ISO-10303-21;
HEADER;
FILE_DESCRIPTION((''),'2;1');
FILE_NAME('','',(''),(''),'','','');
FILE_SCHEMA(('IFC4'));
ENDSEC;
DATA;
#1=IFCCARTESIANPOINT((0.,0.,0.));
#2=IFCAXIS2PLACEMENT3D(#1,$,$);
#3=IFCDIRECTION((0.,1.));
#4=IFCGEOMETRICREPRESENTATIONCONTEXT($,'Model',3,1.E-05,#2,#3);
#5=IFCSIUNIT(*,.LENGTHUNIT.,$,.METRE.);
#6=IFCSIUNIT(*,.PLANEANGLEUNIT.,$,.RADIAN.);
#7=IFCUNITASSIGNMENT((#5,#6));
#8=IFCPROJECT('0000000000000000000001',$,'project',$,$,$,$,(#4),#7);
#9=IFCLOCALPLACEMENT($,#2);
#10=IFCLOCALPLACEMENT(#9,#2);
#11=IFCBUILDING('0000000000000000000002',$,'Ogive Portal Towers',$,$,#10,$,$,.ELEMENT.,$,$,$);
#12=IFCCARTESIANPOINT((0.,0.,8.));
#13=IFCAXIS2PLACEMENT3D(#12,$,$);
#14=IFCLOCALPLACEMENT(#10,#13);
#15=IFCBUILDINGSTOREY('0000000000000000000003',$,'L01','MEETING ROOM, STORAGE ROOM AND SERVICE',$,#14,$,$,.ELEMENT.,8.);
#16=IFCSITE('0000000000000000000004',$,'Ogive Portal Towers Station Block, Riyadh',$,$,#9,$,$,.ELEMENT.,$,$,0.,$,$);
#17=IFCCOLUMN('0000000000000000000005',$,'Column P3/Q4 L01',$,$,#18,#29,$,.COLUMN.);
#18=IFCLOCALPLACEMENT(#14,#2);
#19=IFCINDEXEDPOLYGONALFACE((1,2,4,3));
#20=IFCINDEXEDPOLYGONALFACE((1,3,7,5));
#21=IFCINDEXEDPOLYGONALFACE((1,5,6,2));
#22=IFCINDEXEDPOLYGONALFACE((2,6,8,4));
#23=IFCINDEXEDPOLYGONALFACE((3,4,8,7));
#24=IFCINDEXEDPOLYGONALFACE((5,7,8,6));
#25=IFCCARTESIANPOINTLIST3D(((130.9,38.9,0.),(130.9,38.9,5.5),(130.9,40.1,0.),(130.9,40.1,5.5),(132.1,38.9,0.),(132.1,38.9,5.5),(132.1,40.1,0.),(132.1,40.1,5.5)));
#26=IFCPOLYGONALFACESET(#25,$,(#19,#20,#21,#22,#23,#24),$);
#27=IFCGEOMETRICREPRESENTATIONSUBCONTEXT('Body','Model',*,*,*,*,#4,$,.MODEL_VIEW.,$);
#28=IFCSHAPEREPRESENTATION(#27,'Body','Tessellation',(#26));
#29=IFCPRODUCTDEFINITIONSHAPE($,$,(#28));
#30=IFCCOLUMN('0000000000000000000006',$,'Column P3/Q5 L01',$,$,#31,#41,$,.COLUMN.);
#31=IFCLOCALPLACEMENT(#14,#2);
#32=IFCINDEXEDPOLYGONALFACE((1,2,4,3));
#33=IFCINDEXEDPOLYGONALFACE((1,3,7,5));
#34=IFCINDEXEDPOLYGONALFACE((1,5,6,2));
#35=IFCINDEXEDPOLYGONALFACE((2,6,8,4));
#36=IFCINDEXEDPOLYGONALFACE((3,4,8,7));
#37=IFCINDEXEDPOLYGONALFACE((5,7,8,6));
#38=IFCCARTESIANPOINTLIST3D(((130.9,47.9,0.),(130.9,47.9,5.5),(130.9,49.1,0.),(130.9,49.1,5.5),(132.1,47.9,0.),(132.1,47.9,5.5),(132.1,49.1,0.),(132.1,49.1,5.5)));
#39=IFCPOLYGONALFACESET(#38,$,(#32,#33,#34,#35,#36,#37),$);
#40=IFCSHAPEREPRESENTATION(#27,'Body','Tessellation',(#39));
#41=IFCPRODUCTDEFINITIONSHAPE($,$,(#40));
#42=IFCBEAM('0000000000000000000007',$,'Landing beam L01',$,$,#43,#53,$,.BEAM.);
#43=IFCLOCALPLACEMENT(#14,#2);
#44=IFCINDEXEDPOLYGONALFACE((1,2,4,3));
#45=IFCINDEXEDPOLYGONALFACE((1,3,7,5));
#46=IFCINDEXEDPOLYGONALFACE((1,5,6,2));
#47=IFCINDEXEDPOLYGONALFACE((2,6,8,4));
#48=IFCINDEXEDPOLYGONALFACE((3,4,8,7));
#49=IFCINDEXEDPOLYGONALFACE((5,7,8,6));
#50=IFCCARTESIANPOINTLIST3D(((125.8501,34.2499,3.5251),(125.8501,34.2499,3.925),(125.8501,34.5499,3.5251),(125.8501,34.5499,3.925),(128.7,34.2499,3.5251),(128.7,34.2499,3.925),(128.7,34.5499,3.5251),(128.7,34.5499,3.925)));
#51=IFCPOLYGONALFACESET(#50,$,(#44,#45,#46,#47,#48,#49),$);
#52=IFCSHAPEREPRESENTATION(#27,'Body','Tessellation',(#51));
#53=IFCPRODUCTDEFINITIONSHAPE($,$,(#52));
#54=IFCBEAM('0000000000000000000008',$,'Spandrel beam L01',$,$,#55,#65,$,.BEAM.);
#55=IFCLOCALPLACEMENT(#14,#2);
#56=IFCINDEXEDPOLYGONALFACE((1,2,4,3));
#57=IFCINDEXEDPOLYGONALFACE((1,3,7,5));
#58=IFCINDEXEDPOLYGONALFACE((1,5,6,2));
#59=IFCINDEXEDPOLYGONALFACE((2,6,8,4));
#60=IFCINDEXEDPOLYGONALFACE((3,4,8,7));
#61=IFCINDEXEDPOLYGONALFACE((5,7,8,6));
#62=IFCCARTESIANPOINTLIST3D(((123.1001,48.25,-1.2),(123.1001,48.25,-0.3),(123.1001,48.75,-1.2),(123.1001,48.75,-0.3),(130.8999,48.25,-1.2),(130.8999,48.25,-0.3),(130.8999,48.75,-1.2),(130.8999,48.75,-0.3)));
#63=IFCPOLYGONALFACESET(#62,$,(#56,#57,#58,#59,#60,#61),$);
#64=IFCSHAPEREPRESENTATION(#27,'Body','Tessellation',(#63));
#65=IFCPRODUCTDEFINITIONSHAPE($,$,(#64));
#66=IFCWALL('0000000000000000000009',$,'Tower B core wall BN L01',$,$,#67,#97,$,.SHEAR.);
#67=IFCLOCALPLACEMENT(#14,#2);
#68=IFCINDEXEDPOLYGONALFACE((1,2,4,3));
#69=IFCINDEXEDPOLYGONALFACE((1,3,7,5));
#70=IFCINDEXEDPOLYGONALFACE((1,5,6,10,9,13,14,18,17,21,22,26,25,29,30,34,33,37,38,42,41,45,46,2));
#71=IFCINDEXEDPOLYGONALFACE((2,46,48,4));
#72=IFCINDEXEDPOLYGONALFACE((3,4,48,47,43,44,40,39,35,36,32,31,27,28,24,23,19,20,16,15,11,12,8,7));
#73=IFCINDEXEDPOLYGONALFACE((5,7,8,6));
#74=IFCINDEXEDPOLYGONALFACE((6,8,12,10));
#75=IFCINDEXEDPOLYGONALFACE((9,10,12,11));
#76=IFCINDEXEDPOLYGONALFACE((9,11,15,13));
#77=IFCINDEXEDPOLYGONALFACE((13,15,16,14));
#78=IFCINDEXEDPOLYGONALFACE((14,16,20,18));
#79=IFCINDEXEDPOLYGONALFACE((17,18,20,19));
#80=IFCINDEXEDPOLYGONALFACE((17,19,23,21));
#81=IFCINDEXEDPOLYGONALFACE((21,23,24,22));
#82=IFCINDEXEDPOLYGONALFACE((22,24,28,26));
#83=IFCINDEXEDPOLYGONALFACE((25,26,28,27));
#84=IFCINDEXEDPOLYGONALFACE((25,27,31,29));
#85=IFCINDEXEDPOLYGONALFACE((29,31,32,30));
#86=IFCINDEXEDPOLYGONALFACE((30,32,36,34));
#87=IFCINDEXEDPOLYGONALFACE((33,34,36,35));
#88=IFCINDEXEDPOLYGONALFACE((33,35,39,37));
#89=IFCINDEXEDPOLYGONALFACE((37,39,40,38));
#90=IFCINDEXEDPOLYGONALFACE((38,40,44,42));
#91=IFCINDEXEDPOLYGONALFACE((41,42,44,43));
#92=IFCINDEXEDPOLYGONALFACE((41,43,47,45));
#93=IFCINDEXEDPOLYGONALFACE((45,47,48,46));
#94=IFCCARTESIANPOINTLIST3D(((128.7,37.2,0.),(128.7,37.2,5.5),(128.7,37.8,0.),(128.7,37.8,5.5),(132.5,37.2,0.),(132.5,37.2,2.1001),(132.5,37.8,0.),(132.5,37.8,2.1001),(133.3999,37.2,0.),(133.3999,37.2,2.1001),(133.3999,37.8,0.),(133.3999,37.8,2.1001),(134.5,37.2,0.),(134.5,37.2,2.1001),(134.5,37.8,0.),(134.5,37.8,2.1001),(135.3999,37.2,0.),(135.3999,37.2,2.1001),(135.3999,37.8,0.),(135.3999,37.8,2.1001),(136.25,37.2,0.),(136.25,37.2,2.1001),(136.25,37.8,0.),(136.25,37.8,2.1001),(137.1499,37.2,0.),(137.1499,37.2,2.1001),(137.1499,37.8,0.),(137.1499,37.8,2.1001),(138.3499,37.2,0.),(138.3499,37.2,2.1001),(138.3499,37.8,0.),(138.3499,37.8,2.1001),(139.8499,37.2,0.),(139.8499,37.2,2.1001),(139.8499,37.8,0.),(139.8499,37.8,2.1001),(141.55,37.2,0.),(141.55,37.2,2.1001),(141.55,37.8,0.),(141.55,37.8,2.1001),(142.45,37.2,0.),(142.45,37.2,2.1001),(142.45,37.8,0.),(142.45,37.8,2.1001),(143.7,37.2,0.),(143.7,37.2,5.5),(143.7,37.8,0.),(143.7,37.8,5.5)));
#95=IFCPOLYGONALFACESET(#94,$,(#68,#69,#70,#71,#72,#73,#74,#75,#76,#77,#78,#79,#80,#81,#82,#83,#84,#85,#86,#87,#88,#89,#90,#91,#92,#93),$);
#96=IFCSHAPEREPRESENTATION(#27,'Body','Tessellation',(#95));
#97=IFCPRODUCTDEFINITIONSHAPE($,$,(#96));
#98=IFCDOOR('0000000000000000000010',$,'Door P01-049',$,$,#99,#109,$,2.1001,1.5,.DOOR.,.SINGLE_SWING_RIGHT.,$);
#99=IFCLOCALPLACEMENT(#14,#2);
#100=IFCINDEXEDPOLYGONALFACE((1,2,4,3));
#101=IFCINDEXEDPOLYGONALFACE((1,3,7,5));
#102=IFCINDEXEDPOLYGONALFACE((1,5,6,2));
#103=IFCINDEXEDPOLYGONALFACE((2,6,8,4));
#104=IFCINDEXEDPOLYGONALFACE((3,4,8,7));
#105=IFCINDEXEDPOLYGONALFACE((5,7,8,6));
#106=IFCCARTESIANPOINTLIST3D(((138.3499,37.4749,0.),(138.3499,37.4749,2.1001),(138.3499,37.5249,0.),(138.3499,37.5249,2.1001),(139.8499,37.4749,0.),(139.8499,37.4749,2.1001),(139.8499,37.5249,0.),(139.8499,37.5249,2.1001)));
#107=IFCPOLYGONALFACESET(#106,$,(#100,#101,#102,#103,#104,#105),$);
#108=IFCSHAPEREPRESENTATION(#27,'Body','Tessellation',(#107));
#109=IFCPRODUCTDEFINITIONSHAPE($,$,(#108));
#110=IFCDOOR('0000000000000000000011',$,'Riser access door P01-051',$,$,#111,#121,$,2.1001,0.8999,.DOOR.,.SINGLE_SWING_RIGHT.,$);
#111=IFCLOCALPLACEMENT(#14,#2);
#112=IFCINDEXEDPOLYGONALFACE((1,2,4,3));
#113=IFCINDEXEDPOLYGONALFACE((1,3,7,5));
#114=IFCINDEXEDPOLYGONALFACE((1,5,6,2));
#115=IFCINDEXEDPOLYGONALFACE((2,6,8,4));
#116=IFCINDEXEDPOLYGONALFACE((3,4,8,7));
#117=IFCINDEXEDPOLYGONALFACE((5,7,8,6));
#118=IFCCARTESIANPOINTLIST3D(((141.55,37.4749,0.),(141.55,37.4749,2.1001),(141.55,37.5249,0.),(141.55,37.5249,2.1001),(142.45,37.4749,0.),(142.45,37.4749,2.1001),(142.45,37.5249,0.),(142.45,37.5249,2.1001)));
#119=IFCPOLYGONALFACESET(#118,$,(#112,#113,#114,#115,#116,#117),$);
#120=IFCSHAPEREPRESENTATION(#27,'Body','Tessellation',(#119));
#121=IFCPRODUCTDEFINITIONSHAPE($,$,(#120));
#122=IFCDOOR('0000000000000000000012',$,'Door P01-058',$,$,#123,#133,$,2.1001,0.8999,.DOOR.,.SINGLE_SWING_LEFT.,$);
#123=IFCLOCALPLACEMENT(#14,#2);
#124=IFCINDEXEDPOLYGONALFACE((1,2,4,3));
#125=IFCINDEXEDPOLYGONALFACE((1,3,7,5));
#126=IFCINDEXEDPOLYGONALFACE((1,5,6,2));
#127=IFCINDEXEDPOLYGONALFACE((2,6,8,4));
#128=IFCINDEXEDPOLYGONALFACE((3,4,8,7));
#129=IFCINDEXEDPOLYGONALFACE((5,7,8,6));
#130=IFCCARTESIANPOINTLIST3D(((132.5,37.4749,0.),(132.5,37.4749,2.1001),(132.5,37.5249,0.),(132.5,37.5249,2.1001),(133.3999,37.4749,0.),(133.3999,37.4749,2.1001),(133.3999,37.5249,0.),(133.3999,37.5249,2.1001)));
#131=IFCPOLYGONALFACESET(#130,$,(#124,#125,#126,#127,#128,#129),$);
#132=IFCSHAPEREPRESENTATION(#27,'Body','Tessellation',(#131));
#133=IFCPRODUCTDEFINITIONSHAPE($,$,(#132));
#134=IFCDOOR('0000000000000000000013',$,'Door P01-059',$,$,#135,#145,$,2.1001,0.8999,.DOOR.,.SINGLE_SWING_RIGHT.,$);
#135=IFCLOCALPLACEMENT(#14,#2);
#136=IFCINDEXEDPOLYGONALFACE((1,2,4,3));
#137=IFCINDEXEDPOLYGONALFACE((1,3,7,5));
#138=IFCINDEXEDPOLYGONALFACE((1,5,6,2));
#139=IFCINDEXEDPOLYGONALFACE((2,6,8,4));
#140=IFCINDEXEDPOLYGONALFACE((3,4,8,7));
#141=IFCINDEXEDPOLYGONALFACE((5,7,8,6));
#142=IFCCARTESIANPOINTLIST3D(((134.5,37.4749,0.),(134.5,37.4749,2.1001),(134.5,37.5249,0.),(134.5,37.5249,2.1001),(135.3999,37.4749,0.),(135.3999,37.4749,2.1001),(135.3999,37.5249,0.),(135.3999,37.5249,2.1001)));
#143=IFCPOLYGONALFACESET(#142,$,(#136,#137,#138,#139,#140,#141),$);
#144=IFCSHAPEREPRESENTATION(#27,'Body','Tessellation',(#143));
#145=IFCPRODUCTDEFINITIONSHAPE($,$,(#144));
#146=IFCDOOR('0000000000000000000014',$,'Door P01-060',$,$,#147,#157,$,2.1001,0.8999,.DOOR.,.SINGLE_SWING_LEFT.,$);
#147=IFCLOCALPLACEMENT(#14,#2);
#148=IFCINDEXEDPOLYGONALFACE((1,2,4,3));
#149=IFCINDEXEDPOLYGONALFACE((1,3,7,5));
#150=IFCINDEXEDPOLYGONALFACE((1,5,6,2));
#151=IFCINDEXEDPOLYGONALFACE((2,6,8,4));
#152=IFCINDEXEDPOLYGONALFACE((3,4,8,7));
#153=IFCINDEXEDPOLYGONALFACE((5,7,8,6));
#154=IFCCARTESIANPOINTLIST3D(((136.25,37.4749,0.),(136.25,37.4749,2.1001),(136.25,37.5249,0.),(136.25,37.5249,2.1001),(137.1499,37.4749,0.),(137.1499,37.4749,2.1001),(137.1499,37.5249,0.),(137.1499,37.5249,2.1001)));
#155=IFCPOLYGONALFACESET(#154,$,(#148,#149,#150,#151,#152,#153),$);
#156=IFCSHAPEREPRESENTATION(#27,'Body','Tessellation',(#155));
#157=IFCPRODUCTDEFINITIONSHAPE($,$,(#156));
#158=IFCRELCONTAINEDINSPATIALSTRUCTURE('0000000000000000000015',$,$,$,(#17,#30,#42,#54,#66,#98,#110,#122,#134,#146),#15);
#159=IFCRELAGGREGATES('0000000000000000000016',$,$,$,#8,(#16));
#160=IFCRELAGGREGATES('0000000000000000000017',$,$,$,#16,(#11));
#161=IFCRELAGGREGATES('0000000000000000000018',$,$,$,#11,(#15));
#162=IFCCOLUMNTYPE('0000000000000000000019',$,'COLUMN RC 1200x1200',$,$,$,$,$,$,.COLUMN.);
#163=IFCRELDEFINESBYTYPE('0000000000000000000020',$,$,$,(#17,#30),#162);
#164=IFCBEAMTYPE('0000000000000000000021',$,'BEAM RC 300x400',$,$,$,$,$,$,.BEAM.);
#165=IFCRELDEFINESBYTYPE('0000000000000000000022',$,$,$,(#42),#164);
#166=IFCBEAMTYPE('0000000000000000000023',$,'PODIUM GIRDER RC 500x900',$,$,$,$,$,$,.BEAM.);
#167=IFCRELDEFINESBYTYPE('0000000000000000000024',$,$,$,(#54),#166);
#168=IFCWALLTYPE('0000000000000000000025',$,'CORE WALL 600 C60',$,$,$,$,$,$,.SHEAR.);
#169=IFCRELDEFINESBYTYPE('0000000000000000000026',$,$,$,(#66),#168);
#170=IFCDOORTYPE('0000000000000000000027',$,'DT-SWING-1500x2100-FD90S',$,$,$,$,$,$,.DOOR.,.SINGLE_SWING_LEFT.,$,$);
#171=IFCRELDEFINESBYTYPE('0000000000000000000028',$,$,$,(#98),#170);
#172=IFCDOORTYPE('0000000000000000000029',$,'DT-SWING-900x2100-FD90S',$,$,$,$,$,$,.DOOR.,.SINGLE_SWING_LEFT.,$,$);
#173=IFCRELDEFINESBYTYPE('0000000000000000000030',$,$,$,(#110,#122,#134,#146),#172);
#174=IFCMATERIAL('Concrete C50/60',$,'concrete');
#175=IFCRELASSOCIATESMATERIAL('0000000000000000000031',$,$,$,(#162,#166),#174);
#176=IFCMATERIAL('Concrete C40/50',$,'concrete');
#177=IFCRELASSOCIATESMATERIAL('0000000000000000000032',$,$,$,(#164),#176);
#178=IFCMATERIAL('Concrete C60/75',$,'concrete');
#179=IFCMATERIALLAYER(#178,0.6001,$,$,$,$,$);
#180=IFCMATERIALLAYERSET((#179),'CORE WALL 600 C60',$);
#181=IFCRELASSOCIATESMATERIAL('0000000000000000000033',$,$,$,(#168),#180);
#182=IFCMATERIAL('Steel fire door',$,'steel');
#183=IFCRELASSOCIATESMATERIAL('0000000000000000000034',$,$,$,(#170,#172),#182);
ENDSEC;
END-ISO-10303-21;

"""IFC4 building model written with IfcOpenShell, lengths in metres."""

from ifc_helpers import new_model, si_unit, direction, frame, frame_2d, origin, origin_2d, place, context, subcontext, project, spatial, rectangle, extrude, material, layer, layer_set, material_profile, profile_set, type_object, element, fill, save


model = new_model("IFC4")

# Units and contexts
model_context = context("Model", 3, precision=1e-05, world=origin(), true_north=direction((0.0, 1.0)))
body_context = subcontext(model_context, "Body", "Model", "MODEL_VIEW")
ifc_project = project(units=[si_unit("LENGTHUNIT", "METRE"), si_unit("PLANEANGLEUNIT", "RADIAN")], contexts=[model_context])

# Site, building, storey
site_placement = place(None, origin())
site = spatial("IfcSite", under=ifc_project, at=site_placement, Name="Ogive Portal Towers Station Block, Riyadh", CompositionType="ELEMENT", RefElevation=0.0)
building_placement = place(site_placement, origin())
building = spatial("IfcBuilding", under=site, at=building_placement, Name="Ogive Portal Towers", CompositionType="ELEMENT")
storey_placement = place(building_placement, frame((0.0, 0.0, 8.0)))
storey = spatial("IfcBuildingStorey", under=building, at=storey_placement, Name="L01", Description="MEETING ROOM, STORAGE ROOM AND SERVICE", CompositionType="ELEMENT", Elevation=8.0)

# Columns
ifc_material_1 = material(Name="Concrete C50/60", Category="concrete")
ifc_material_profile_1 = material_profile(ifc_material_1, rectangle(XDim=1.2, YDim=1.2, at=origin_2d()), Name="RC 1200x1200")
ifc_profile_set_1 = profile_set([ifc_material_profile_1], Name="Concrete C50/60")
column_type = type_object("IfcColumnType", Name="COLUMN RC 1200x1200", PredefinedType="COLUMN", material=ifc_profile_set_1)
for number, where, z_axis, x_axis, name in (
    (1, (131.5, 39.5, 0.0), (0.0, 0.0, 1.0), (1.0, 0.0, 0.0), "Column P3/Q4 L01"),
    (2, (131.5, 48.5, 0.0), (0.0, 0.0, 1.0), (1.0, 0.0, 0.0), "Column P3/Q5 L01"),
):
    element("IfcColumn", number, at=place(storey_placement, frame(where, z_axis=z_axis, x_axis=x_axis)), inside=storey, type_object=column_type, Name=name, PredefinedType="COLUMN", context=body_context, shape_type="SweptSolid", body=[
        extrude(rectangle(XDim=1.2, YDim=1.2, at=origin_2d()), origin(), (0.0, 0.0, 1.0), 5.5),
    ])

# Beams
ifc_material_2 = material(Name="Concrete C40/50", Category="concrete")
ifc_material_profile_2 = material_profile(ifc_material_2, rectangle(XDim=0.3, YDim=0.3999, at=origin_2d()), Name="RC 300x400")
ifc_profile_set_2 = profile_set([ifc_material_profile_2], Name="Concrete C40/50")
beam_type_1 = type_object("IfcBeamType", Name="BEAM RC 300x400", PredefinedType="BEAM", material=ifc_profile_set_2)
beam_1_placement = place(storey_placement, frame((125.8501, 34.3999, 3.7251), z_axis=(1.0, 0.0, 0.0), x_axis=(0.0, 1.0, 0.0)))
element("IfcBeam", 3, at=beam_1_placement, inside=storey, type_object=beam_type_1, Name="Landing beam L01", PredefinedType="BEAM", context=body_context, shape_type="SweptSolid", body=[
    extrude(rectangle(XDim=0.3, YDim=0.3999, at=origin_2d()), origin(), (0.0, 0.0, 1.0), 2.8499),
])
ifc_material_profile_3 = material_profile(ifc_material_1, rectangle(XDim=0.5, YDim=0.8999, at=origin_2d()), Name="RC 500x900")
ifc_profile_set_3 = profile_set([ifc_material_profile_3], Name="Concrete C50/60")
beam_type_2 = type_object("IfcBeamType", Name="PODIUM GIRDER RC 500x900", PredefinedType="BEAM", material=ifc_profile_set_3)
beam_2_placement = place(storey_placement, frame((130.8999, 48.5, -0.75), z_axis=(-1.0, 0.0, 0.0), x_axis=(0.0, -1.0, 0.0)))
element("IfcBeam", 4, at=beam_2_placement, inside=storey, type_object=beam_type_2, Name="Spandrel beam L01", PredefinedType="BEAM", context=body_context, shape_type="SweptSolid", body=[
    extrude(rectangle(XDim=0.5, YDim=0.8999, at=origin_2d()), origin(), (0.0, 0.0, 1.0), 7.7998),
])

# Wall, openings, doors
ifc_material_3 = material(Name="Concrete C60/75", Category="concrete")
ifc_layer_1 = layer(ifc_material_3, 0.6001)
ifc_layer_set_1 = layer_set([ifc_layer_1], Name="CORE WALL 600 C60")
wall_type_1 = type_object("IfcWallType", Name="CORE WALL 600 C60", PredefinedType="SHEAR", material=ifc_layer_set_1)
wall_1_placement = place(storey_placement, frame((128.7, 37.5, 0.0), z_axis=(0.0, 0.0, 1.0), x_axis=(1.0, 0.0, 0.0)))
wall_1 = element("IfcWall", 5, at=wall_1_placement, inside=storey, type_object=wall_type_1, Name="Tower B core wall BN L01", PredefinedType="SHEAR", context=body_context, shape_type="SweptSolid", body=[
    extrude(rectangle(XDim=15.0, YDim=0.6001, at=frame_2d((7.5, 0.0))), origin(), (0.0, 0.0, 1.0), 5.5),
])
opening_1_placement = place(wall_1_placement, frame((9.6499, 0.0, 0.0)))
opening_1 = element("IfcOpeningElement", 6, at=opening_1_placement, cuts=wall_1, PredefinedType="OPENING", context=body_context, shape_type="SweptSolid", body=[
    extrude(rectangle(XDim=1.5, YDim=2.1001, at=frame_2d((0.75, 1.05))), frame((0.0, 0.3101, 0.0), z_axis=(0.0, -1.0, 0.0), x_axis=(1.0, 0.0, 0.0)), (0.0, 0.0, 1.0), 0.6201),
])
opening_2_placement = place(wall_1_placement, frame((12.8501, 0.0, 0.0)))
opening_2 = element("IfcOpeningElement", 7, at=opening_2_placement, cuts=wall_1, PredefinedType="OPENING", context=body_context, shape_type="SweptSolid", body=[
    extrude(rectangle(XDim=0.8999, YDim=2.1001, at=frame_2d((0.45, 1.05))), frame((0.0, 0.3101, 0.0), z_axis=(0.0, -1.0, 0.0), x_axis=(1.0, 0.0, 0.0)), (0.0, 0.0, 1.0), 0.6201),
])
opening_3_placement = place(wall_1_placement, frame((3.8, 0.0, 0.0)))
opening_3 = element("IfcOpeningElement", 8, at=opening_3_placement, cuts=wall_1, PredefinedType="OPENING", context=body_context, shape_type="SweptSolid", body=[
    extrude(rectangle(XDim=0.8999, YDim=2.1001, at=frame_2d((0.45, 1.05))), frame((0.0, 0.3101, 0.0), z_axis=(0.0, -1.0, 0.0), x_axis=(1.0, 0.0, 0.0)), (0.0, 0.0, 1.0), 0.6201),
])
opening_4_placement = place(wall_1_placement, frame((5.8, 0.0, 0.0)))
opening_4 = element("IfcOpeningElement", 9, at=opening_4_placement, cuts=wall_1, PredefinedType="OPENING", context=body_context, shape_type="SweptSolid", body=[
    extrude(rectangle(XDim=0.8999, YDim=2.1001, at=frame_2d((0.45, 1.05))), frame((0.0, 0.3101, 0.0), z_axis=(0.0, -1.0, 0.0), x_axis=(1.0, 0.0, 0.0)), (0.0, 0.0, 1.0), 0.6201),
])
opening_5_placement = place(wall_1_placement, frame((7.55, 0.0, 0.0)))
opening_5 = element("IfcOpeningElement", 10, at=opening_5_placement, cuts=wall_1, PredefinedType="OPENING", context=body_context, shape_type="SweptSolid", body=[
    extrude(rectangle(XDim=0.8999, YDim=2.1001, at=frame_2d((0.45, 1.05))), frame((0.0, 0.3101, 0.0), z_axis=(0.0, -1.0, 0.0), x_axis=(1.0, 0.0, 0.0)), (0.0, 0.0, 1.0), 0.6201),
])
ifc_material_4 = material(Name="Steel fire door", Category="steel")
door_type_1 = type_object("IfcDoorType", Name="DT-SWING-1500x2100-FD90S", OperationType="SINGLE_SWING_LEFT", PredefinedType="DOOR", material=ifc_material_4)
door_1_placement = place(opening_1_placement, origin())
door_1 = element("IfcDoor", 11, at=door_1_placement, inside=storey, type_object=door_type_1, Name="Door P01-049", OperationType="SINGLE_SWING_RIGHT", OverallHeight=2.1001, OverallWidth=1.5, PredefinedType="DOOR", context=body_context, shape_type="SweptSolid", body=[
    extrude(rectangle(XDim=1.5, YDim=2.1001, at=frame_2d((0.75, 1.05))), frame((0.0, 0.0249, 0.0), z_axis=(0.0, -1.0, 0.0), x_axis=(1.0, 0.0, 0.0)), (0.0, 0.0, 1.0), 0.05),
])
fill(opening_1, door_1)
door_type_2 = type_object("IfcDoorType", Name="DT-SWING-900x2100-FD90S", OperationType="SINGLE_SWING_LEFT", PredefinedType="DOOR", material=ifc_material_4)
door_2_placement = place(opening_2_placement, origin())
door_2 = element("IfcDoor", 12, at=door_2_placement, inside=storey, type_object=door_type_2, Name="Riser access door P01-051", OperationType="SINGLE_SWING_RIGHT", OverallHeight=2.1001, OverallWidth=0.8999, PredefinedType="DOOR", context=body_context, shape_type="SweptSolid", body=[
    extrude(rectangle(XDim=0.8999, YDim=2.1001, at=frame_2d((0.45, 1.05))), frame((0.0, 0.0249, 0.0), z_axis=(0.0, -1.0, 0.0), x_axis=(1.0, 0.0, 0.0)), (0.0, 0.0, 1.0), 0.05),
])
fill(opening_2, door_2)
door_3_placement = place(opening_3_placement, origin())
door_3 = element("IfcDoor", 13, at=door_3_placement, inside=storey, type_object=door_type_2, Name="Door P01-058", OperationType="SINGLE_SWING_LEFT", OverallHeight=2.1001, OverallWidth=0.8999, PredefinedType="DOOR", context=body_context, shape_type="SweptSolid", body=[
    extrude(rectangle(XDim=0.8999, YDim=2.1001, at=frame_2d((0.45, 1.05))), frame((0.0, 0.0249, 0.0), z_axis=(0.0, -1.0, 0.0), x_axis=(1.0, 0.0, 0.0)), (0.0, 0.0, 1.0), 0.05),
])
fill(opening_3, door_3)
door_4_placement = place(opening_4_placement, origin())
door_4 = element("IfcDoor", 14, at=door_4_placement, inside=storey, type_object=door_type_2, Name="Door P01-059", OperationType="SINGLE_SWING_RIGHT", OverallHeight=2.1001, OverallWidth=0.8999, PredefinedType="DOOR", context=body_context, shape_type="SweptSolid", body=[
    extrude(rectangle(XDim=0.8999, YDim=2.1001, at=frame_2d((0.45, 1.05))), frame((0.0, 0.0249, 0.0), z_axis=(0.0, -1.0, 0.0), x_axis=(1.0, 0.0, 0.0)), (0.0, 0.0, 1.0), 0.05),
])
fill(opening_4, door_4)
door_5_placement = place(opening_5_placement, origin())
door_5 = element("IfcDoor", 15, at=door_5_placement, inside=storey, type_object=door_type_2, Name="Door P01-060", OperationType="SINGLE_SWING_LEFT", OverallHeight=2.1001, OverallWidth=0.8999, PredefinedType="DOOR", context=body_context, shape_type="SweptSolid", body=[
    extrude(rectangle(XDim=0.8999, YDim=2.1001, at=frame_2d((0.45, 1.05))), frame((0.0, 0.0249, 0.0), z_axis=(0.0, -1.0, 0.0), x_axis=(1.0, 0.0, 0.0)), (0.0, 0.0, 1.0), 0.05),
])
fill(opening_5, door_5)

save(model, "model.ifc")
